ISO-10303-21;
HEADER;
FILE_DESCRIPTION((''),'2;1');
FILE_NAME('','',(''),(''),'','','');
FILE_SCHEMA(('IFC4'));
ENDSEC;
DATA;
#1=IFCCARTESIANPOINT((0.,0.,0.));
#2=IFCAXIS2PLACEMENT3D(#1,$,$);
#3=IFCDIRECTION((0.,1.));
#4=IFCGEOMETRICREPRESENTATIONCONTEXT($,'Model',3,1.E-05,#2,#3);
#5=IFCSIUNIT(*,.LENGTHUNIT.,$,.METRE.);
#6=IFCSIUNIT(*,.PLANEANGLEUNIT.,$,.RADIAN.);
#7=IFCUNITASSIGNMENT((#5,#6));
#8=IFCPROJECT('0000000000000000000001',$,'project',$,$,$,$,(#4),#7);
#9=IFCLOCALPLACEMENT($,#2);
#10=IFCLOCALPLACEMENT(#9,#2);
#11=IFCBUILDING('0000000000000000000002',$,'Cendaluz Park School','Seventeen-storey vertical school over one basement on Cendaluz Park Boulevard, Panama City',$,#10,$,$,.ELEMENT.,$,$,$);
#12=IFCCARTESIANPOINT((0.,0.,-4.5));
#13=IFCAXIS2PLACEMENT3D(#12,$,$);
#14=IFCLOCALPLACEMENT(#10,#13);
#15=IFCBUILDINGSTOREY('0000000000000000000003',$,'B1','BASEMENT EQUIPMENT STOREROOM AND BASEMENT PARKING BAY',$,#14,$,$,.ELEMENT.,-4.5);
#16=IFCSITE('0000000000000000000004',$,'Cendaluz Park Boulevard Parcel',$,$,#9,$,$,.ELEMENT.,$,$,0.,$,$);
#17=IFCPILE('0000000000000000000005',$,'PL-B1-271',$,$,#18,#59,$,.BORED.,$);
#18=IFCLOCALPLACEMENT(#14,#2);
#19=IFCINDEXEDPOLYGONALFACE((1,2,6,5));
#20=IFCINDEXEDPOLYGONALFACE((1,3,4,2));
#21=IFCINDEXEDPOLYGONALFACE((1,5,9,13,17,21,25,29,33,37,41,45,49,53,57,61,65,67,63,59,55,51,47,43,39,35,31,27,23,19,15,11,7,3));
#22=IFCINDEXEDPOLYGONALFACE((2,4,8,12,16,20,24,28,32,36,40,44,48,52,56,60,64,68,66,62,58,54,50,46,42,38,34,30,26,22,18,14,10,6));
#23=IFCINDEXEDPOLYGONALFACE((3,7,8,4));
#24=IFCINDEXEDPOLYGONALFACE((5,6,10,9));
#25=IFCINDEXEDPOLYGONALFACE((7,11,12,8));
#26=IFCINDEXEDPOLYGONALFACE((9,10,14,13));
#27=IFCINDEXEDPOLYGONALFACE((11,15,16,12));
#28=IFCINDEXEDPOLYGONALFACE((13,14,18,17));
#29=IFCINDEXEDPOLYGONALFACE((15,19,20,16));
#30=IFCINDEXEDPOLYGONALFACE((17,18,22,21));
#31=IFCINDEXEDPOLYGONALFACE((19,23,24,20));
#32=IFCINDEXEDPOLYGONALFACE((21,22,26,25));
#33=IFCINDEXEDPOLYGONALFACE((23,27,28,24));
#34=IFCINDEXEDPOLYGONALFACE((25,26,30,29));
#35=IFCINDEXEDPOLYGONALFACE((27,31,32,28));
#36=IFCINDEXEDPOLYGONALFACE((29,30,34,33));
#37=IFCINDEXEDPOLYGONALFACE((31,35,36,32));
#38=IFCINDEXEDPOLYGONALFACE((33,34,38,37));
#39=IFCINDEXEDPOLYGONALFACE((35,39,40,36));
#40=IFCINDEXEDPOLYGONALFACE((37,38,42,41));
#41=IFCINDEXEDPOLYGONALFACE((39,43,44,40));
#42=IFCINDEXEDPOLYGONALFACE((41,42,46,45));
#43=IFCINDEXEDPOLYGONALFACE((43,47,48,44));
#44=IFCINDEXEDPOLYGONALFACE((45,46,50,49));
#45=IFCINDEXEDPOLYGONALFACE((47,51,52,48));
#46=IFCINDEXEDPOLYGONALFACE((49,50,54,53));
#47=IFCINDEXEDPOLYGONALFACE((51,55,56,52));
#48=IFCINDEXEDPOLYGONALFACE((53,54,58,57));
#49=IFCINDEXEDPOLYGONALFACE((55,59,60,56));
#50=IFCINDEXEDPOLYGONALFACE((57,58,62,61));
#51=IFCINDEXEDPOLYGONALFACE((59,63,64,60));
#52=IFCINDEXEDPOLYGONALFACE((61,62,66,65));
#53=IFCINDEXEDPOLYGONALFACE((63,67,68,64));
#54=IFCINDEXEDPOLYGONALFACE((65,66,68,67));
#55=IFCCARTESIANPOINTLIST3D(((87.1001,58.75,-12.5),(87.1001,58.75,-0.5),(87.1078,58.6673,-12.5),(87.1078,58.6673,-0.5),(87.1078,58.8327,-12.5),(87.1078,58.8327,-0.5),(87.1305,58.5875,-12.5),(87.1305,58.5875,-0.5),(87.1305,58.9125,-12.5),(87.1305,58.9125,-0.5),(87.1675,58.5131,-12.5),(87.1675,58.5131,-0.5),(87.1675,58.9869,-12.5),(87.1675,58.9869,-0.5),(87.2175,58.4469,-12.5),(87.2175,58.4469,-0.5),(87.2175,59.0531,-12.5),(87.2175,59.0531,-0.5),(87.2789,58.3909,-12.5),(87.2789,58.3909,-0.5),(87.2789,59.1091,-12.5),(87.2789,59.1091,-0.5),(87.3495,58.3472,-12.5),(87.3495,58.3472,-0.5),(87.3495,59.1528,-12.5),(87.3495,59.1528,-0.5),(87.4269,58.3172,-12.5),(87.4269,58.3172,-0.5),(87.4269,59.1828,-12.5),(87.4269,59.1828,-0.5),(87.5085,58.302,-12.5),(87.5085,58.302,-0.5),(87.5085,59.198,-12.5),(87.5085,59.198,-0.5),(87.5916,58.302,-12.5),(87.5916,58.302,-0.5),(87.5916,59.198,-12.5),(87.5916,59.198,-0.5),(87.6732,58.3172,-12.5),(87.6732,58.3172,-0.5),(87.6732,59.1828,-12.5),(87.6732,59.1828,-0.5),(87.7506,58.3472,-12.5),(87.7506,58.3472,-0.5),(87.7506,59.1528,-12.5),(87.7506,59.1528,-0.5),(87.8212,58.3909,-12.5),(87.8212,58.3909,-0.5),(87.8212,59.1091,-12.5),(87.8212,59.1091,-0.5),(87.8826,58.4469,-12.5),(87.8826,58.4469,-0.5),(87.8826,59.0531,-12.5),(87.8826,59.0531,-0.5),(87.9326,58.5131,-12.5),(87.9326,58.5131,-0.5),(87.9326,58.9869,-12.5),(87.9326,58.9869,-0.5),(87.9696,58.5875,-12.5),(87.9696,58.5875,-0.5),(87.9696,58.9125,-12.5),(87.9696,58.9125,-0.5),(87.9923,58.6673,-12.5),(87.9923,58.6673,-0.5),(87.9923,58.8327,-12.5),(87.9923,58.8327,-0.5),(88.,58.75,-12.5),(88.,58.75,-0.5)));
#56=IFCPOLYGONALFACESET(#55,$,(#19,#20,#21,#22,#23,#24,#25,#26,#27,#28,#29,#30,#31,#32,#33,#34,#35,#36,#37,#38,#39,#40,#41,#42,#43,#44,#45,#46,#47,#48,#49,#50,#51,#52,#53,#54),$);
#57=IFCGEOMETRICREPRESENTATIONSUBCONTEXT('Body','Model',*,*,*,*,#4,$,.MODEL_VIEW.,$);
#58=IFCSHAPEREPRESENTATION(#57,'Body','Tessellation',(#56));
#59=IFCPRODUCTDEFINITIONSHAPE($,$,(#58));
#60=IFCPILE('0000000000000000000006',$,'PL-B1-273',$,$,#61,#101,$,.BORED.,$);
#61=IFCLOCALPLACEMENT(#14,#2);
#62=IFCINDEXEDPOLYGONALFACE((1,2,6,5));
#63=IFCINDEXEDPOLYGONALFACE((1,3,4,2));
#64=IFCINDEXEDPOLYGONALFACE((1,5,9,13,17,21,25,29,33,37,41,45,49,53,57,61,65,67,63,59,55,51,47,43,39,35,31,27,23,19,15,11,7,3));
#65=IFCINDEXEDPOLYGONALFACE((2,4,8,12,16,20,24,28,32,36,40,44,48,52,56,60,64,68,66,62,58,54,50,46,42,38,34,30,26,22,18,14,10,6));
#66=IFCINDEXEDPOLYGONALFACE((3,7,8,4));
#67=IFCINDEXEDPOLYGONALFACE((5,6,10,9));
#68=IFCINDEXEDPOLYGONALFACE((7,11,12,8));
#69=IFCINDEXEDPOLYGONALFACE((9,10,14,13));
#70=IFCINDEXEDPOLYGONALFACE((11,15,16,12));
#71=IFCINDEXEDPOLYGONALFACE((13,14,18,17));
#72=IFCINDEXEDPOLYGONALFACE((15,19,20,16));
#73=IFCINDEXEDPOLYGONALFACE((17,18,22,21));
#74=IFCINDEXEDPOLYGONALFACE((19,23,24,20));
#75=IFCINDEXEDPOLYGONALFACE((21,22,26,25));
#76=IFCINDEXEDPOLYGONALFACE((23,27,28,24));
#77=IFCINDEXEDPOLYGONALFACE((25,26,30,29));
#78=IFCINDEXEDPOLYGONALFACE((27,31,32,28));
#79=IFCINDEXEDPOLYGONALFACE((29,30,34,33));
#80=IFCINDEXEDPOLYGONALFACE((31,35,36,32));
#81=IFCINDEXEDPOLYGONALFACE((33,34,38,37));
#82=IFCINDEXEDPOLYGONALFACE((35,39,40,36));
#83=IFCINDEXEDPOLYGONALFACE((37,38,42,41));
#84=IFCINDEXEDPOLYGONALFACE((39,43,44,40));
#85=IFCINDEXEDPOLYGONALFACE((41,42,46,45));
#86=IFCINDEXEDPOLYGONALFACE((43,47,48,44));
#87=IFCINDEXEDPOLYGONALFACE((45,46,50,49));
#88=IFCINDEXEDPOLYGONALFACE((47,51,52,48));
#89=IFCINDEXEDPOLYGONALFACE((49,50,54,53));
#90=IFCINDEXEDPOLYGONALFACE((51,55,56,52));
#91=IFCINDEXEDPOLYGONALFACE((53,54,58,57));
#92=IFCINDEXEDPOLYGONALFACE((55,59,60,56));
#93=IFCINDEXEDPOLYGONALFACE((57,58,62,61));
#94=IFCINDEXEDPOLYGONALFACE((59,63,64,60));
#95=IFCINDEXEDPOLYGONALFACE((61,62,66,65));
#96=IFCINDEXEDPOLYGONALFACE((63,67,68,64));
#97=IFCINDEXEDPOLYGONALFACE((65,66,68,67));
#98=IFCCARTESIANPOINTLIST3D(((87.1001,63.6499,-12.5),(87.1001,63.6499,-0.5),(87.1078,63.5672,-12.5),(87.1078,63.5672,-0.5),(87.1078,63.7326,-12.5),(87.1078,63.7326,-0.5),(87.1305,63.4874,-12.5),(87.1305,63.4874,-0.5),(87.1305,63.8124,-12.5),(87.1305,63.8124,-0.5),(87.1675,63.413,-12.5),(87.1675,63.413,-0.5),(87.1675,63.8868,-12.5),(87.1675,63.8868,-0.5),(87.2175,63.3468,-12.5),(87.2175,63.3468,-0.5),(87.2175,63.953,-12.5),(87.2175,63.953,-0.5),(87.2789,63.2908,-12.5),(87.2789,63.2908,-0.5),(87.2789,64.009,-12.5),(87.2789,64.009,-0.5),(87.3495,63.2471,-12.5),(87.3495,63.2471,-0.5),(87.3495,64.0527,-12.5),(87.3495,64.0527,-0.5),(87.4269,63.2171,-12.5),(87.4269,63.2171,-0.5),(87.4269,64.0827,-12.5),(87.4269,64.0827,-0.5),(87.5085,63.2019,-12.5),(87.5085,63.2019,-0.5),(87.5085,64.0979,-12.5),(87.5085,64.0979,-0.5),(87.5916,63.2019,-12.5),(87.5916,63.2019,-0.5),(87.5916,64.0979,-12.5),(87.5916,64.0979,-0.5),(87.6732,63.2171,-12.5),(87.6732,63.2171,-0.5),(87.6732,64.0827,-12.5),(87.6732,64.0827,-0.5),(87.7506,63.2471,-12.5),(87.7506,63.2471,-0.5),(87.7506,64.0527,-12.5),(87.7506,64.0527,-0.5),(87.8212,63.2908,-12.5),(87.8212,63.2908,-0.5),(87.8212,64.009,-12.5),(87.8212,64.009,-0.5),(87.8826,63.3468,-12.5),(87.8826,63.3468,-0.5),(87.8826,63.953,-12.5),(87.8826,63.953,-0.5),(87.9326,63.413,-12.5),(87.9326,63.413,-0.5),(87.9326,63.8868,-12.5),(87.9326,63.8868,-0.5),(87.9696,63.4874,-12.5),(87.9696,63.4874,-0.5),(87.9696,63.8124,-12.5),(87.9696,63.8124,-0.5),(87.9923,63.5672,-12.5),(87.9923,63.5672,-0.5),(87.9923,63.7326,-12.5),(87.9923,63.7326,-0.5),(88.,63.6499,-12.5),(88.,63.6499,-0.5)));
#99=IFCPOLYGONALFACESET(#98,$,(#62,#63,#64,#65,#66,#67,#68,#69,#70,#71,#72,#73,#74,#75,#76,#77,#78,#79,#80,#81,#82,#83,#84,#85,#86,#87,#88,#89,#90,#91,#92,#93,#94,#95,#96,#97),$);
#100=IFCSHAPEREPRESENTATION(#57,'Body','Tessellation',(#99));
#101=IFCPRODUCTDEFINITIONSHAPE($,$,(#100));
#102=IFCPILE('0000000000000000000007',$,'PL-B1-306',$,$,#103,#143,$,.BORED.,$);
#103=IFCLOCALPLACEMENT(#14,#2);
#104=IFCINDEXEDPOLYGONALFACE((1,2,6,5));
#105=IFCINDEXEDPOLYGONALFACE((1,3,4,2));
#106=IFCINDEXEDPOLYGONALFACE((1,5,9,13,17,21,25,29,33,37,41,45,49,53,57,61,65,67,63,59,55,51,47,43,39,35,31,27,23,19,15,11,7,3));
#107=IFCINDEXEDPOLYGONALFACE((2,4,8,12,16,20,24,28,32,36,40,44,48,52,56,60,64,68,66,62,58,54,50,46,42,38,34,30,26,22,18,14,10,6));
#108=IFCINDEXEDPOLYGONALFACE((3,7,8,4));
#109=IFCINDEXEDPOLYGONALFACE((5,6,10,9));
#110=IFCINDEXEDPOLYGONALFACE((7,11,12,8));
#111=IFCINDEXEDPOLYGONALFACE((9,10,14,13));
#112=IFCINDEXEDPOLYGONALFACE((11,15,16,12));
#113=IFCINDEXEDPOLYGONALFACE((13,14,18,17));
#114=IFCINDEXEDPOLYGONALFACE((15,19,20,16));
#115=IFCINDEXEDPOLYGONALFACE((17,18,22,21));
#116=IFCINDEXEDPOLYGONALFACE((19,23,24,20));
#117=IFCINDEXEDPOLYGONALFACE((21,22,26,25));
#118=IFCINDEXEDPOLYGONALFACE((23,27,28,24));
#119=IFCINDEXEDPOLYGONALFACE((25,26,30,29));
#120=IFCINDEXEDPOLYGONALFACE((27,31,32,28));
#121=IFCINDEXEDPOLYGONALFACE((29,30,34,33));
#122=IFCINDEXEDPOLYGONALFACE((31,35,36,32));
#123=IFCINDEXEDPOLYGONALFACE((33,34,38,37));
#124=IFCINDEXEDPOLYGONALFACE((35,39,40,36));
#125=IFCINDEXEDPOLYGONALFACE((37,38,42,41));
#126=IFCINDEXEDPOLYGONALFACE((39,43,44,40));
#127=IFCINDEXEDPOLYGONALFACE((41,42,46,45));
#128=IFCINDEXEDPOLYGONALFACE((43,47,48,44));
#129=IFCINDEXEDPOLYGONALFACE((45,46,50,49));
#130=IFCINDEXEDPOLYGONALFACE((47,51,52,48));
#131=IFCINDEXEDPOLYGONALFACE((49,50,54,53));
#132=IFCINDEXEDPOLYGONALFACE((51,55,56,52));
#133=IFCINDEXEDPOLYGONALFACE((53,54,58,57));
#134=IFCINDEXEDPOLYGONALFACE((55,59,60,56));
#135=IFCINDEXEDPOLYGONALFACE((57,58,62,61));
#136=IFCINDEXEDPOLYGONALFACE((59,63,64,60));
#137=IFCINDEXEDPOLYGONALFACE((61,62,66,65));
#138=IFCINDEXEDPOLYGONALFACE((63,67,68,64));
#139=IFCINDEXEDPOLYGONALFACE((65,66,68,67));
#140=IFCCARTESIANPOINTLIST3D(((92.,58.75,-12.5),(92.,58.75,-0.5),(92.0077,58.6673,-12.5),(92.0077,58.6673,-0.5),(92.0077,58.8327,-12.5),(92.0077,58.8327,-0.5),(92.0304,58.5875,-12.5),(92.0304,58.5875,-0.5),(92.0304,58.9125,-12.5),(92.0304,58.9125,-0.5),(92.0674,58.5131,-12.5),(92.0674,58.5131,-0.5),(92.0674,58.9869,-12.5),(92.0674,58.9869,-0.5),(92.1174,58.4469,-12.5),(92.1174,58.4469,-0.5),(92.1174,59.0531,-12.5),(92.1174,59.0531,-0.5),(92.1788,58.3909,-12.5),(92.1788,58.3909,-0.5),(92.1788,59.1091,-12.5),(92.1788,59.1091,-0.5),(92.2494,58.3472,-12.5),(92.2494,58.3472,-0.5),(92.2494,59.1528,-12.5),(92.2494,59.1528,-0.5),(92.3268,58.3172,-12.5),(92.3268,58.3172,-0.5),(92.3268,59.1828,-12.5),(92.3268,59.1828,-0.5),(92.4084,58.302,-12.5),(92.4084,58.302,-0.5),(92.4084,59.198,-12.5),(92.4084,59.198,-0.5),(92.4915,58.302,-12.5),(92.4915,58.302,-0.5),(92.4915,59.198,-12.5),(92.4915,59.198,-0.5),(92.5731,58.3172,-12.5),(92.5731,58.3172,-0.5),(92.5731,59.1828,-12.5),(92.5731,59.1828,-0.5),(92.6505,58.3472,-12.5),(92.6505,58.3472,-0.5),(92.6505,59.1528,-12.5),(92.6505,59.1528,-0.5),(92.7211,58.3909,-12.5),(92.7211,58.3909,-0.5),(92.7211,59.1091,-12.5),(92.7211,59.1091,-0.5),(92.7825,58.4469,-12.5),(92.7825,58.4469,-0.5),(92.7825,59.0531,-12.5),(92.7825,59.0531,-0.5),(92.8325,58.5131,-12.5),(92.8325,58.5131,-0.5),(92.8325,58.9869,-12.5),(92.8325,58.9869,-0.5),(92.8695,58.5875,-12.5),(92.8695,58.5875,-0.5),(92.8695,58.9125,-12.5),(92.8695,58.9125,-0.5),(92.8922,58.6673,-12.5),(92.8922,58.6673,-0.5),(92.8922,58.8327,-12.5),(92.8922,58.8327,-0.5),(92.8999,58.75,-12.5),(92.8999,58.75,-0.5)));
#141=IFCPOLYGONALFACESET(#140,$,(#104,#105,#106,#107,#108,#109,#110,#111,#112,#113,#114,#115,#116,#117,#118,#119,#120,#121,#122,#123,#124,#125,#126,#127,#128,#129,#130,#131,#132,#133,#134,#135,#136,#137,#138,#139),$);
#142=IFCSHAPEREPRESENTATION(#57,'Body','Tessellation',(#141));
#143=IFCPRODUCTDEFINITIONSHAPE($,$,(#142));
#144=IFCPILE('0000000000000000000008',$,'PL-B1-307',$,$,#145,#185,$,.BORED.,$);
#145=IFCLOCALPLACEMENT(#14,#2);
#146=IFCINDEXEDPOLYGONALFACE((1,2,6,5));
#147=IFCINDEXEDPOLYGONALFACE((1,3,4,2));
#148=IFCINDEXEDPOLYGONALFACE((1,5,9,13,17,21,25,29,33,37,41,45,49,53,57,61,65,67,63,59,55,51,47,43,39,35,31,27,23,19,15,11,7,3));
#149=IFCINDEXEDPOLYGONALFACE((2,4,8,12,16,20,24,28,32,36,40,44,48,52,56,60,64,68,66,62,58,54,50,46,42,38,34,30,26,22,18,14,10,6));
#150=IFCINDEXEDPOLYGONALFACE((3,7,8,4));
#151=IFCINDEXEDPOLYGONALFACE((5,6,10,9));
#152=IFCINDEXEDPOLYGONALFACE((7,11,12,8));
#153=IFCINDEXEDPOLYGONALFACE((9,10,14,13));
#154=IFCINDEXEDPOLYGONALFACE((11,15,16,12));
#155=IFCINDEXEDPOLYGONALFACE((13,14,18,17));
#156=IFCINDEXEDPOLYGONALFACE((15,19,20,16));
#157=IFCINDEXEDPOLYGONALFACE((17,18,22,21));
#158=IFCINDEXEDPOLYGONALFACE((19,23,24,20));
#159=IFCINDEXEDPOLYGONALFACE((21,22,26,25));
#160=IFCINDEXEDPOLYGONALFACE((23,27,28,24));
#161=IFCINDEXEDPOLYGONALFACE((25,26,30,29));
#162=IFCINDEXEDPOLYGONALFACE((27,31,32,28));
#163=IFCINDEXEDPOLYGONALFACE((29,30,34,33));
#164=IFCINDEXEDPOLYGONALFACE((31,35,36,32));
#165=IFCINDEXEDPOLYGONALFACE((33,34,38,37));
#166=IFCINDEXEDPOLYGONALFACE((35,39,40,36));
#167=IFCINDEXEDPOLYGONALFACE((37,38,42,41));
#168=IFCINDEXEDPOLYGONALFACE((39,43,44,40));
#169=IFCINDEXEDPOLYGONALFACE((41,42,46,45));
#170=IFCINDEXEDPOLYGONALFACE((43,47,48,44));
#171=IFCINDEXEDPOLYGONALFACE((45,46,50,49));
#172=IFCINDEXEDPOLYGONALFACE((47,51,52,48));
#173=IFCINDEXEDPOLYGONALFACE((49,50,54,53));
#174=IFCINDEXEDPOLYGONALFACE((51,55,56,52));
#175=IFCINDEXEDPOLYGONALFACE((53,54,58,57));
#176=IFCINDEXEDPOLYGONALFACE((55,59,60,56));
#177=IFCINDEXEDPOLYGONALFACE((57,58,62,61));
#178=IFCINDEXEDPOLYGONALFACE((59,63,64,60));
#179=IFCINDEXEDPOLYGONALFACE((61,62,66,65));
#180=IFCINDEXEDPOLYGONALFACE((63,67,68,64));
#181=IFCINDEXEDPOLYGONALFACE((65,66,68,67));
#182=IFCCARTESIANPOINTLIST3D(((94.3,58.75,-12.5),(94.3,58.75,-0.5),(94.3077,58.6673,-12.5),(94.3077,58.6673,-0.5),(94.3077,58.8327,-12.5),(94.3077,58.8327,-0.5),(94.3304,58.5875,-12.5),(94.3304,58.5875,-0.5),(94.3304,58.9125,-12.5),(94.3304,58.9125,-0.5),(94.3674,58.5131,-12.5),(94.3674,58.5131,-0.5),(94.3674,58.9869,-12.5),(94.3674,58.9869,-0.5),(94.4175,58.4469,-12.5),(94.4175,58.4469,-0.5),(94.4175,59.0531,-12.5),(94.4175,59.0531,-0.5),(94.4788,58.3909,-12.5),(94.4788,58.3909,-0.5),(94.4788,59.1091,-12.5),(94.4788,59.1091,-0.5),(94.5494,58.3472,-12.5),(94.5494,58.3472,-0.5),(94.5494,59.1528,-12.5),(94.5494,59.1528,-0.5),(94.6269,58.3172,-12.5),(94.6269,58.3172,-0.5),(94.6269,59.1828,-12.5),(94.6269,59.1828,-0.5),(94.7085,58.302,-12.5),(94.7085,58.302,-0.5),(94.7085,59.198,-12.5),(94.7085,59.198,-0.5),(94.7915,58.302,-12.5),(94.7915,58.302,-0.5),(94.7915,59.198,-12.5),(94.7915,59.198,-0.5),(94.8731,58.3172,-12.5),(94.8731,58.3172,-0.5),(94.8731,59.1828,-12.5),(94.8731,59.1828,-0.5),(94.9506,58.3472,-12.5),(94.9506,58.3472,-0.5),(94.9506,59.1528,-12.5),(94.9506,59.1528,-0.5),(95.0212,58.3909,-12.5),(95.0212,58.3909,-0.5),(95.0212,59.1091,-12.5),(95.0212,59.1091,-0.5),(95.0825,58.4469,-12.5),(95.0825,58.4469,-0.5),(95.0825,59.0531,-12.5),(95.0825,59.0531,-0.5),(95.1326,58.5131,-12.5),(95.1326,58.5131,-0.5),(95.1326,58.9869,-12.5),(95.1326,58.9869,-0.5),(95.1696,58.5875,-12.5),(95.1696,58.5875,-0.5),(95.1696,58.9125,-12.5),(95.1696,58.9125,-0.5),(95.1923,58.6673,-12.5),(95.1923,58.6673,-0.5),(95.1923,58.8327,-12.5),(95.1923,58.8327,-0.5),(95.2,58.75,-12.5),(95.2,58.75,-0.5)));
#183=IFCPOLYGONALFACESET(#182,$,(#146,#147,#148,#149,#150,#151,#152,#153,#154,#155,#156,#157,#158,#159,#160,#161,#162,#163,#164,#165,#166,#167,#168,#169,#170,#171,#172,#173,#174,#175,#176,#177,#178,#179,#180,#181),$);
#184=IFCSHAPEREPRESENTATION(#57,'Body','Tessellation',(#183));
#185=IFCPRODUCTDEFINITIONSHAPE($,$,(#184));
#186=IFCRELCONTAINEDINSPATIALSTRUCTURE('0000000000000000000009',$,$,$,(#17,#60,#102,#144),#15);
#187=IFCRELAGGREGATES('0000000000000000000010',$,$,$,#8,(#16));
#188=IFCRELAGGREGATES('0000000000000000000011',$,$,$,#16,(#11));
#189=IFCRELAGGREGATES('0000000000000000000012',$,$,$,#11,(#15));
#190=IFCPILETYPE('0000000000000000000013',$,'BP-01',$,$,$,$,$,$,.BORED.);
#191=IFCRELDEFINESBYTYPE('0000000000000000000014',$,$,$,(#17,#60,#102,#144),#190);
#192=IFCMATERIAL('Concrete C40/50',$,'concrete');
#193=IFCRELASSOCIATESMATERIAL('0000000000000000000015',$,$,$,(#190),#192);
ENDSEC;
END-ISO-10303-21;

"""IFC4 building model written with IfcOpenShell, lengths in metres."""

from ifc_helpers import new_model, si_unit, direction, frame, origin, origin_2d, place, context, subcontext, project, spatial, circle, extrude, material, material_profile, profile_set, type_object, element, save


model = new_model("IFC4")

# Units and contexts
model_context = context("Model", 3, precision=1e-05, world=origin(), true_north=direction((0.0, 1.0)))
body_context = subcontext(model_context, "Body", "Model", "MODEL_VIEW")
ifc_project = project(units=[si_unit("LENGTHUNIT", "METRE"), si_unit("PLANEANGLEUNIT", "RADIAN")], contexts=[model_context])

# Site, building, storey
site_placement = place(None, origin())
site = spatial("IfcSite", under=ifc_project, at=site_placement, Name="Cendaluz Park Boulevard Parcel", CompositionType="ELEMENT", RefElevation=0.0)
building_placement = place(site_placement, origin())
building = spatial("IfcBuilding", under=site, at=building_placement, Name="Cendaluz Park School", Description="Seventeen-storey vertical school over one basement on Cendaluz Park Boulevard, Panama City", CompositionType="ELEMENT")
storey_placement = place(building_placement, frame((0.0, 0.0, -4.5)))
storey = spatial("IfcBuildingStorey", under=building, at=storey_placement, Name="B1", Description="BASEMENT EQUIPMENT STOREROOM AND BASEMENT PARKING BAY", CompositionType="ELEMENT", Elevation=-4.5)

# Piles
ifc_material_1 = material(Name="Concrete C40/50", Category="concrete")
ifc_material_profile_1 = material_profile(ifc_material_1, circle(Radius=0.45, at=origin_2d()), Name="BP D900", Category="concrete")
ifc_profile_set_1 = profile_set([ifc_material_profile_1], Name="Concrete C40/50")
pile_type = type_object("IfcPileType", Name="BP-01", PredefinedType="BORED", material=ifc_profile_set_1)
for number, where, z_axis, x_axis, name in (
    (1, (87.55, 58.75, -0.5), (0.0, 0.0, -1.0), (1.0, 0.0, 0.0), "PL-B1-271"),
    (2, (87.55, 63.6499, -0.5), (0.0, 0.0, -1.0), (1.0, 0.0, 0.0), "PL-B1-273"),
    (3, (92.45, 58.75, -0.5), (0.0, 0.0, -1.0), (1.0, 0.0, 0.0), "PL-B1-306"),
    (4, (94.75, 58.75, -0.5), (0.0, 0.0, -1.0), (1.0, 0.0, 0.0), "PL-B1-307"),
):
    element("IfcPile", number, at=place(storey_placement, frame(where, z_axis=z_axis, x_axis=x_axis)), inside=storey, type_object=pile_type, Name=name, PredefinedType="BORED", context=body_context, shape_type="SweptSolid", body=[
        extrude(circle(Radius=0.45, at=origin_2d()), origin(), (0.0, 0.0, 1.0), 12.0),
    ])

save(model, "model.ifc")
